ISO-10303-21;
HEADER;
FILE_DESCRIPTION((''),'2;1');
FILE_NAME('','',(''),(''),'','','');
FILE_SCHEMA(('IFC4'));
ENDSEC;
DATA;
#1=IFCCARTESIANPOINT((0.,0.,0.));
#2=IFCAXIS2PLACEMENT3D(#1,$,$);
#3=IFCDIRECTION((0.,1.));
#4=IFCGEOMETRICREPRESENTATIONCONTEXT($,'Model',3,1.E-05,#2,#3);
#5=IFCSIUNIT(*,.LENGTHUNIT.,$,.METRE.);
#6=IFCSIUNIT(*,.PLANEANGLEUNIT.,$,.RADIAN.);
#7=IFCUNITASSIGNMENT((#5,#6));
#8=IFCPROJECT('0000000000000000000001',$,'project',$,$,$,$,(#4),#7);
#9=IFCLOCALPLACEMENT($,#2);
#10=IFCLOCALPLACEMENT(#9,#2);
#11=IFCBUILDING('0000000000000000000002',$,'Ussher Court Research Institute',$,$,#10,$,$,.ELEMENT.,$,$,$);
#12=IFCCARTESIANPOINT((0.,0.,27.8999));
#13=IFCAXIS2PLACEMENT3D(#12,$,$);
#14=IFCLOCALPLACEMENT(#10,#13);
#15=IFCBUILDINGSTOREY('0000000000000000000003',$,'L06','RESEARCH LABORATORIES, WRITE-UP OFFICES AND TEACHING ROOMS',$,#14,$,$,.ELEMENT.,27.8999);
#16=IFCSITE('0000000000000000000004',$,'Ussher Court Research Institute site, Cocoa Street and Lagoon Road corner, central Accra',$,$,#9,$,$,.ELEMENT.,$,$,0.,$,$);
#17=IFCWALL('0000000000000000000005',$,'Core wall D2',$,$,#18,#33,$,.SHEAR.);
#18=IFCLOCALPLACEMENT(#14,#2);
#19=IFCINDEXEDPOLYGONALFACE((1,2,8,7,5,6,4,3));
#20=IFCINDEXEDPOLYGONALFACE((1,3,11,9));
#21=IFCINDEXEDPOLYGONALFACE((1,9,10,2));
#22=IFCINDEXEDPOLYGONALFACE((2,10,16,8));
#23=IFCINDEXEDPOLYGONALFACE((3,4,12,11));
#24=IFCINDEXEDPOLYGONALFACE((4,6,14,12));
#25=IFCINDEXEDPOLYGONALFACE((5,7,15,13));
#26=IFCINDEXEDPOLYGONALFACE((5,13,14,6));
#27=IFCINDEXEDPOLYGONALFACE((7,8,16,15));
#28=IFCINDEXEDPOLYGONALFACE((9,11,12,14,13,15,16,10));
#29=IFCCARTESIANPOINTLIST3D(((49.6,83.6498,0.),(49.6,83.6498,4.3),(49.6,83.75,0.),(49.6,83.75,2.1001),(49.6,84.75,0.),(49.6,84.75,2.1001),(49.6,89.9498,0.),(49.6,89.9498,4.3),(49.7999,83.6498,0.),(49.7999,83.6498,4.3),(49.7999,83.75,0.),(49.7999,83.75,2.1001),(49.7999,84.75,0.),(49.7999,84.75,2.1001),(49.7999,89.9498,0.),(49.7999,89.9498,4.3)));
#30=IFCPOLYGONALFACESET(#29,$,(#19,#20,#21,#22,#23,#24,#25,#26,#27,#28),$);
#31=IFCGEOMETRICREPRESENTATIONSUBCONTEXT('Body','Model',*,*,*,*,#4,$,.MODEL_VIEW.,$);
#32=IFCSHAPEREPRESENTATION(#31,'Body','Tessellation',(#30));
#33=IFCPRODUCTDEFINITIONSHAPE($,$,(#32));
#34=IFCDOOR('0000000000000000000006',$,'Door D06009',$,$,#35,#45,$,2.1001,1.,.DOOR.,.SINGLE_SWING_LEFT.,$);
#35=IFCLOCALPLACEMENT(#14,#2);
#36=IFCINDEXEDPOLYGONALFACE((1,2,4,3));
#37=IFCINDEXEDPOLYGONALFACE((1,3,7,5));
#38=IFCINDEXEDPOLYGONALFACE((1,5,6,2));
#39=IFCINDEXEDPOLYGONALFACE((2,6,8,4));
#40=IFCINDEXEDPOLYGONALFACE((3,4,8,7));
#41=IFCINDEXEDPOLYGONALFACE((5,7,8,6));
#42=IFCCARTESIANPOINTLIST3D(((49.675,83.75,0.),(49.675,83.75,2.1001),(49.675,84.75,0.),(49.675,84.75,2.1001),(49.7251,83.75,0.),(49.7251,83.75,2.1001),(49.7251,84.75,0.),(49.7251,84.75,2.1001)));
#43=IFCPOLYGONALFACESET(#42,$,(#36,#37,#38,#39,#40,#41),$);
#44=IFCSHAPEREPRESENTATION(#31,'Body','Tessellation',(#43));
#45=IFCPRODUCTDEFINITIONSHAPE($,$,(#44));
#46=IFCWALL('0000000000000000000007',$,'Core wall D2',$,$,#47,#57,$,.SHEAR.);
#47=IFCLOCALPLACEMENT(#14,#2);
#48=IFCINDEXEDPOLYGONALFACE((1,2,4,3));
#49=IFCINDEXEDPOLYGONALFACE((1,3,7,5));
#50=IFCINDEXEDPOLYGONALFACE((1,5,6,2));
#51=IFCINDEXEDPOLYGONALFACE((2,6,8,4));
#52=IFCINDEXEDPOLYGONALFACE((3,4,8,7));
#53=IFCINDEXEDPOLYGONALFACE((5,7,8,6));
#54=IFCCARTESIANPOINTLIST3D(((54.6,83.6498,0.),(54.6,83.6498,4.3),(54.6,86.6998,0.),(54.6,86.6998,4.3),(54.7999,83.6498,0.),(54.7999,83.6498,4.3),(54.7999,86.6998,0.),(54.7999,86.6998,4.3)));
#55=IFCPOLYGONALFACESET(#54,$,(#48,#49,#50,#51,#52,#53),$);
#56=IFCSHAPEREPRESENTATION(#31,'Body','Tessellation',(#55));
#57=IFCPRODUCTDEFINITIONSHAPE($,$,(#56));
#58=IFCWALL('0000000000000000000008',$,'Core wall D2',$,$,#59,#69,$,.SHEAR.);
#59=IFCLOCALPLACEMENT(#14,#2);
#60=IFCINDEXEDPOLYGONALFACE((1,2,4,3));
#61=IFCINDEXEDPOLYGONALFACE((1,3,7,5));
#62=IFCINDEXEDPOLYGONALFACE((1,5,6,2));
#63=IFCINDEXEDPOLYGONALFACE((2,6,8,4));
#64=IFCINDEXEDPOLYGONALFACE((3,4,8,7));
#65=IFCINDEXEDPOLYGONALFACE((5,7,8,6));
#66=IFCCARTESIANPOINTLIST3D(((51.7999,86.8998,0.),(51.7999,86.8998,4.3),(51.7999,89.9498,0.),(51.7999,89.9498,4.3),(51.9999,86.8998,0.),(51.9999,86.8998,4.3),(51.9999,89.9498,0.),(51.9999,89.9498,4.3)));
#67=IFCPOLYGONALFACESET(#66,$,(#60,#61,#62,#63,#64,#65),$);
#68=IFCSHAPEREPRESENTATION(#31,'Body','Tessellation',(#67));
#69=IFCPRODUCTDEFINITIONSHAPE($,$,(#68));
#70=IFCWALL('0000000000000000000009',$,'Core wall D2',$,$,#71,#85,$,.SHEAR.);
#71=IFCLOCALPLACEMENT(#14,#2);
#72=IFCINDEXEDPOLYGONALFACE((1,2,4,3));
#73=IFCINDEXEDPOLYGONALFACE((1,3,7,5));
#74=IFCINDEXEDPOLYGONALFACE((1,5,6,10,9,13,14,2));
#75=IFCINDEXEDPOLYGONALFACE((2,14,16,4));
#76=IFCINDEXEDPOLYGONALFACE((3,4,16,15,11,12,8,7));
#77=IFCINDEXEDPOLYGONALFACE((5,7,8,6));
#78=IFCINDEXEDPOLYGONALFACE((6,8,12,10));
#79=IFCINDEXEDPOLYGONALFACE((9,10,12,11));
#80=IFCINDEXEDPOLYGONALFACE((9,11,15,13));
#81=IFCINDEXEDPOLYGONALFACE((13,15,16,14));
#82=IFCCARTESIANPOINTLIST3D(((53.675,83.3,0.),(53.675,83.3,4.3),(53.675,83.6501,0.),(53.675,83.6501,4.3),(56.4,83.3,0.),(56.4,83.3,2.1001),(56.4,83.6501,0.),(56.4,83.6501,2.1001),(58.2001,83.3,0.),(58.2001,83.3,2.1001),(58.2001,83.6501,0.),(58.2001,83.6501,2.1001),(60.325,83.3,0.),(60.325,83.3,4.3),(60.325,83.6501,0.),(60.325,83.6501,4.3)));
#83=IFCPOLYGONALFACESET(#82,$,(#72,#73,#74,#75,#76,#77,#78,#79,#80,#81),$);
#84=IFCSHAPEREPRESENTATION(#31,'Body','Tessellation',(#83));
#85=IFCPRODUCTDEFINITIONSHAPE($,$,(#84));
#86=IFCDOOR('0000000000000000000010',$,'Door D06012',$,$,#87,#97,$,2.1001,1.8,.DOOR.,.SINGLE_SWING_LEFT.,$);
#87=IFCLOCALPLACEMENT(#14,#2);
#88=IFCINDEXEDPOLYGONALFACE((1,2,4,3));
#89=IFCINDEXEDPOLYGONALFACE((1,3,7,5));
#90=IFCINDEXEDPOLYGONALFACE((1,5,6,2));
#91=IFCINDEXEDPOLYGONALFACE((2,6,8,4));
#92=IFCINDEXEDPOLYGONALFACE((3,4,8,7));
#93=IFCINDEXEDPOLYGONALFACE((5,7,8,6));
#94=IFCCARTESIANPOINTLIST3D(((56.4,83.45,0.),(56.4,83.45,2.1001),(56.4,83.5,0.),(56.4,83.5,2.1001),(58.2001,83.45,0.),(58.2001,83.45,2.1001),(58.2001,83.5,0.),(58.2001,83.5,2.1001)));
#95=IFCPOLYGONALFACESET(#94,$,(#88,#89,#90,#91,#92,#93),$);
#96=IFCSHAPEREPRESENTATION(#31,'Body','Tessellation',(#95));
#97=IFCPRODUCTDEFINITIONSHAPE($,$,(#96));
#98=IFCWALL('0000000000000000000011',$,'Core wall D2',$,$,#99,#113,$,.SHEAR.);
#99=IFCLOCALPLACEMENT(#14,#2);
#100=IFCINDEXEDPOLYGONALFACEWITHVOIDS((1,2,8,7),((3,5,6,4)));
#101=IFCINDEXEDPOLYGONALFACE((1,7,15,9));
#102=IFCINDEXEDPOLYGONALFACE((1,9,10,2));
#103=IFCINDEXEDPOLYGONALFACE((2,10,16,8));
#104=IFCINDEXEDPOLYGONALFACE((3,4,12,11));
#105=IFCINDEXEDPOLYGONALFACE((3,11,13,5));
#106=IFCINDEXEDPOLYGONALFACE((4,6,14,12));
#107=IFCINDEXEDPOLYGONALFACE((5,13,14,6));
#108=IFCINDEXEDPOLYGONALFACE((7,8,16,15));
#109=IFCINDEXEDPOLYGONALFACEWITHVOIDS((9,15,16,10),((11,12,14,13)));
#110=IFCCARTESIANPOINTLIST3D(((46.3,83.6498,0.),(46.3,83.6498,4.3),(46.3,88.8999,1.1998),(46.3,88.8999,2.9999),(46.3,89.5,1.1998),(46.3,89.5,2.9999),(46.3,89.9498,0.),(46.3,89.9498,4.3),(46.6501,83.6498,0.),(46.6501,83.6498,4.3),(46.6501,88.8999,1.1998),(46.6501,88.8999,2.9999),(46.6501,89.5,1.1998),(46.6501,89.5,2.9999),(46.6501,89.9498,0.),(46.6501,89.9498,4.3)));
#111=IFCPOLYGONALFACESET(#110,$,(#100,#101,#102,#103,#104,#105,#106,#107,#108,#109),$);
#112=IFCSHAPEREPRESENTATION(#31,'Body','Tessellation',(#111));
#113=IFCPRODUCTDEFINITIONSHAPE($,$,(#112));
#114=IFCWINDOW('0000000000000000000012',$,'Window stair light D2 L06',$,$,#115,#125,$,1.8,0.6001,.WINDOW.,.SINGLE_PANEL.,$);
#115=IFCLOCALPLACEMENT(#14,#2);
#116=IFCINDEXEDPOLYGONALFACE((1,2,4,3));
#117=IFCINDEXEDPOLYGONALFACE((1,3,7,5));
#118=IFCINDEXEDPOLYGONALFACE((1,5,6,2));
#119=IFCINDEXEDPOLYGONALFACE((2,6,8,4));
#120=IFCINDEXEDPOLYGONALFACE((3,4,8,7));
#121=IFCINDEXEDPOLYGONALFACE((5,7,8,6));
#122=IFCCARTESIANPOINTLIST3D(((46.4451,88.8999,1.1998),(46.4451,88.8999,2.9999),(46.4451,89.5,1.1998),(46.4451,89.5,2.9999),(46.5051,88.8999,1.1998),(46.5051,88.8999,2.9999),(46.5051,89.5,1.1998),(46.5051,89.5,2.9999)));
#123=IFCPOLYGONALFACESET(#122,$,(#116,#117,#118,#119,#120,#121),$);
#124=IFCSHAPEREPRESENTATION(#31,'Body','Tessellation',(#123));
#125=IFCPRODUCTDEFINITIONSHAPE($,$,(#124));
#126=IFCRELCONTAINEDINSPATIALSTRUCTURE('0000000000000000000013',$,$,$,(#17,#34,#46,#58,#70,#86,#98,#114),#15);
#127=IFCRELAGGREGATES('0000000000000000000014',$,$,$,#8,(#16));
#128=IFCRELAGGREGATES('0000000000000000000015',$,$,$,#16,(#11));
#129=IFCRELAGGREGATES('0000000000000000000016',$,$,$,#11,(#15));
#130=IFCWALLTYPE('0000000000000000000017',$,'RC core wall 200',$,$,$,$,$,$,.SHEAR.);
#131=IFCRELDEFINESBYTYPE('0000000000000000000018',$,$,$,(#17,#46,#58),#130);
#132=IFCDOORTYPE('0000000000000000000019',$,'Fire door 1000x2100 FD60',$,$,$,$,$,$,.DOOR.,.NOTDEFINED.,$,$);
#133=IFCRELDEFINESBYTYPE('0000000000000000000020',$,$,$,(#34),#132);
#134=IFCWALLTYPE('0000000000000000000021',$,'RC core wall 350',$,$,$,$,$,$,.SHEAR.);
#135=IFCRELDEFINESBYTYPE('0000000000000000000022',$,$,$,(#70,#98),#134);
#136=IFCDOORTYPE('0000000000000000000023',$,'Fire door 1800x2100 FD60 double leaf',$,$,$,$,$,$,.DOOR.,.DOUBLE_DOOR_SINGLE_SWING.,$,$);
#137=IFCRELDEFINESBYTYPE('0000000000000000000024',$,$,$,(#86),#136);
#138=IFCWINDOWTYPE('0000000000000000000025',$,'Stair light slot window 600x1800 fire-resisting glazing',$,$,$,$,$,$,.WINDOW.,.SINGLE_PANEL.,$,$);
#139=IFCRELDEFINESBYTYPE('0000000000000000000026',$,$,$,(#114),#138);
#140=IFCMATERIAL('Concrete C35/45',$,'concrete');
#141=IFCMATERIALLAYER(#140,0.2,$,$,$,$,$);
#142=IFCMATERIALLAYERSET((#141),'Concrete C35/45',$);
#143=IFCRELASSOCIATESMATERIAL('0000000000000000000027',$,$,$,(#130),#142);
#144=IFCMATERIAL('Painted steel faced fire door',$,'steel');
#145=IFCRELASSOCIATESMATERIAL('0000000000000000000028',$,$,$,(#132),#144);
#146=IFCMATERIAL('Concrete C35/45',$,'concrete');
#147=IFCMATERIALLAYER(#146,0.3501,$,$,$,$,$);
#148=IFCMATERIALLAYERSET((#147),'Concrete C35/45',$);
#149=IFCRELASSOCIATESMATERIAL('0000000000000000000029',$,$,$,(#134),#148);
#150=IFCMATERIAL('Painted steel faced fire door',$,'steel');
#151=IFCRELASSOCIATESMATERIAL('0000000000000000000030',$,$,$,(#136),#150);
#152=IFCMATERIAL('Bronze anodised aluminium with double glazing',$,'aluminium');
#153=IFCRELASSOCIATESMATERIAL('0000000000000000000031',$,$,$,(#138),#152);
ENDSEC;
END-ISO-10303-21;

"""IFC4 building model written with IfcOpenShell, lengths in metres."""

from ifc_helpers import new_model, si_unit, direction, frame, frame_2d, origin, place, context, subcontext, project, spatial, rectangle, extrude, material, layer, layer_set, type_object, element, fill, save


model = new_model("IFC4")

# Units and contexts
model_context = context("Model", 3, precision=1e-05, world=origin(), true_north=direction((0.0, 1.0)))
body_context = subcontext(model_context, "Body", "Model", "MODEL_VIEW")
ifc_project = project(units=[si_unit("LENGTHUNIT", "METRE"), si_unit("PLANEANGLEUNIT", "RADIAN")], contexts=[model_context])

# Site, building, storey
site_placement = place(None, origin())
site = spatial("IfcSite", under=ifc_project, at=site_placement, Name="Ussher Court Research Institute site, Cocoa Street and Lagoon Road corner, central Accra", CompositionType="ELEMENT", RefElevation=0.0)
building_placement = place(site_placement, origin())
building = spatial("IfcBuilding", under=site, at=building_placement, Name="Ussher Court Research Institute", CompositionType="ELEMENT")
storey_placement = place(building_placement, frame((0.0, 0.0, 27.8999)))
storey = spatial("IfcBuildingStorey", under=building, at=storey_placement, Name="L06", Description="RESEARCH LABORATORIES, WRITE-UP OFFICES AND TEACHING ROOMS", CompositionType="ELEMENT", Elevation=27.8999)

# Wall, opening, door
ifc_material_1 = material(Name="Concrete C35/45", Category="concrete")
ifc_layer_1 = layer(ifc_material_1, 0.2)
ifc_layer_set_1 = layer_set([ifc_layer_1], Name="Concrete C35/45")
wall_type_1 = type_object("IfcWallType", Name="RC core wall 200", PredefinedType="SHEAR", material=ifc_layer_set_1)
wall_1_placement = place(storey_placement, frame((49.7, 83.6499, 0.0), z_axis=(0.0, 0.0, 1.0), x_axis=(0.0, 1.0, 0.0)))
wall_1 = element("IfcWall", 1, at=wall_1_placement, inside=storey, type_object=wall_type_1, Name="Core wall D2", PredefinedType="SHEAR", context=body_context, shape_type="SweptSolid", body=[
    extrude(rectangle(XDim=6.3, YDim=0.2, at=frame_2d((3.1499, 0.0))), origin(), (0.0, 0.0, 1.0), 4.3),
])
opening_1_placement = place(wall_1_placement, frame((0.1001, 0.0, 0.0)))
opening_1 = element("IfcOpeningElement", 2, at=opening_1_placement, cuts=wall_1, PredefinedType="OPENING", context=body_context, shape_type="SweptSolid", body=[
    extrude(rectangle(XDim=1.0, YDim=2.1001, at=frame_2d((0.5, 1.05))), frame((0.0, 0.1099, 0.0), z_axis=(0.0, -1.0, 0.0), x_axis=(1.0, 0.0, 0.0)), (0.0, 0.0, 1.0), 0.22),
])
ifc_material_2 = material(Name="Painted steel faced fire door", Category="steel")
door_type_1 = type_object("IfcDoorType", Name="Fire door 1000x2100 FD60", OperationType="NOTDEFINED", PredefinedType="DOOR", material=ifc_material_2)
door_1_placement = place(opening_1_placement, origin())
door_1 = element("IfcDoor", 3, at=door_1_placement, inside=storey, type_object=door_type_1, Name="Door D06009", OperationType="SINGLE_SWING_LEFT", OverallHeight=2.1001, OverallWidth=1.0, PredefinedType="DOOR", context=body_context, shape_type="SweptSolid", body=[
    extrude(rectangle(XDim=1.0, YDim=2.1001, at=frame_2d((0.5, 1.05))), frame((0.0, 0.0249, 0.0), z_axis=(0.0, -1.0, 0.0), x_axis=(1.0, 0.0, 0.0)), (0.0, 0.0, 1.0), 0.05),
])
fill(opening_1, door_1)

# Walls
for number, where, z_axis, x_axis, name in (
    (4, (54.7, 83.6499, 0.0), (0.0, 0.0, 1.0), (0.0, 1.0, 0.0), "Core wall D2"),
    (5, (51.8999, 86.8999, 0.0), (0.0, 0.0, 1.0), (0.0, 1.0, 0.0), "Core wall D2"),
):
    element("IfcWall", number, at=place(storey_placement, frame(where, z_axis=z_axis, x_axis=x_axis)), inside=storey, type_object=wall_type_1, Name=name, PredefinedType="SHEAR", context=body_context, shape_type="SweptSolid", body=[
        extrude(rectangle(XDim=3.05, YDim=0.2, at=frame_2d((1.5249, 0.0))), origin(), (0.0, 0.0, 1.0), 4.3),
    ])

# Wall, opening, door
ifc_material_3 = material(Name="Concrete C35/45", Category="concrete")
ifc_layer_2 = layer(ifc_material_3, 0.3501)
ifc_layer_set_2 = layer_set([ifc_layer_2], Name="Concrete C35/45")
wall_type_2 = type_object("IfcWallType", Name="RC core wall 350", PredefinedType="SHEAR", material=ifc_layer_set_2)
wall_2_placement = place(storey_placement, frame((53.675, 83.4751, 0.0), z_axis=(0.0, 0.0, 1.0), x_axis=(1.0, 0.0, 0.0)))
wall_2 = element("IfcWall", 6, at=wall_2_placement, inside=storey, type_object=wall_type_2, Name="Core wall D2", PredefinedType="SHEAR", context=body_context, shape_type="SweptSolid", body=[
    extrude(rectangle(XDim=6.6499, YDim=0.3501, at=frame_2d((3.325, 0.0))), origin(), (0.0, 0.0, 1.0), 4.3),
])
opening_2_placement = place(wall_2_placement, frame((2.7251, 0.0, 0.0)))
opening_2 = element("IfcOpeningElement", 7, at=opening_2_placement, cuts=wall_2, PredefinedType="OPENING", context=body_context, shape_type="SweptSolid", body=[
    extrude(rectangle(XDim=1.8, YDim=2.1001, at=frame_2d((0.8999, 1.05))), frame((0.0, 0.1851, 0.0), z_axis=(0.0, -1.0, 0.0), x_axis=(1.0, 0.0, 0.0)), (0.0, 0.0, 1.0), 0.3701),
])
ifc_material_4 = material(Name="Painted steel faced fire door", Category="steel")
door_type_2 = type_object("IfcDoorType", Name="Fire door 1800x2100 FD60 double leaf", OperationType="DOUBLE_DOOR_SINGLE_SWING", PredefinedType="DOOR", material=ifc_material_4)
door_2_placement = place(opening_2_placement, origin())
door_2 = element("IfcDoor", 8, at=door_2_placement, inside=storey, type_object=door_type_2, Name="Door D06012", OperationType="SINGLE_SWING_LEFT", OverallHeight=2.1001, OverallWidth=1.8, PredefinedType="DOOR", context=body_context, shape_type="SweptSolid", body=[
    extrude(rectangle(XDim=1.8, YDim=2.1001, at=frame_2d((0.8999, 1.05))), frame((0.0, 0.0249, 0.0), z_axis=(0.0, -1.0, 0.0), x_axis=(1.0, 0.0, 0.0)), (0.0, 0.0, 1.0), 0.05),
])
fill(opening_2, door_2)

# Wall, opening, window
wall_3_placement = place(storey_placement, frame((46.4751, 83.6499, 0.0), z_axis=(0.0, 0.0, 1.0), x_axis=(0.0, 1.0, 0.0)))
wall_3 = element("IfcWall", 9, at=wall_3_placement, inside=storey, type_object=wall_type_2, Name="Core wall D2", PredefinedType="SHEAR", context=body_context, shape_type="SweptSolid", body=[
    extrude(rectangle(XDim=6.3, YDim=0.3501, at=frame_2d((3.1499, 0.0))), origin(), (0.0, 0.0, 1.0), 4.3),
])
opening_3_placement = place(wall_3_placement, frame((5.25, 0.0, 1.2)))
opening_3 = element("IfcOpeningElement", 10, at=opening_3_placement, cuts=wall_3, PredefinedType="OPENING", context=body_context, shape_type="SweptSolid", body=[
    extrude(rectangle(XDim=0.6001, YDim=1.8, at=frame_2d((0.3, 0.8999))), frame((0.0, 0.1851, 0.0), z_axis=(0.0, -1.0, 0.0), x_axis=(1.0, 0.0, 0.0)), (0.0, 0.0, 1.0), 0.3701),
])
ifc_material_5 = material(Name="Bronze anodised aluminium with double glazing", Category="aluminium")
window_type = type_object("IfcWindowType", Name="Stair light slot window 600x1800 fire-resisting glazing", PartitioningType="SINGLE_PANEL", PredefinedType="WINDOW", material=ifc_material_5)
window_placement = place(opening_3_placement, origin())
window = element("IfcWindow", 11, at=window_placement, inside=storey, type_object=window_type, Name="Window stair light D2 L06", OverallHeight=1.8, OverallWidth=0.6001, PartitioningType="SINGLE_PANEL", PredefinedType="WINDOW", context=body_context, shape_type="SweptSolid", body=[
    extrude(rectangle(XDim=0.6001, YDim=1.8, at=frame_2d((0.3, 0.8999))), frame((0.0, 0.03, 0.0), z_axis=(0.0, -1.0, 0.0), x_axis=(1.0, 0.0, 0.0)), (0.0, 0.0, 1.0), 0.0601),
])
fill(opening_3, window)

save(model, "model.ifc")
